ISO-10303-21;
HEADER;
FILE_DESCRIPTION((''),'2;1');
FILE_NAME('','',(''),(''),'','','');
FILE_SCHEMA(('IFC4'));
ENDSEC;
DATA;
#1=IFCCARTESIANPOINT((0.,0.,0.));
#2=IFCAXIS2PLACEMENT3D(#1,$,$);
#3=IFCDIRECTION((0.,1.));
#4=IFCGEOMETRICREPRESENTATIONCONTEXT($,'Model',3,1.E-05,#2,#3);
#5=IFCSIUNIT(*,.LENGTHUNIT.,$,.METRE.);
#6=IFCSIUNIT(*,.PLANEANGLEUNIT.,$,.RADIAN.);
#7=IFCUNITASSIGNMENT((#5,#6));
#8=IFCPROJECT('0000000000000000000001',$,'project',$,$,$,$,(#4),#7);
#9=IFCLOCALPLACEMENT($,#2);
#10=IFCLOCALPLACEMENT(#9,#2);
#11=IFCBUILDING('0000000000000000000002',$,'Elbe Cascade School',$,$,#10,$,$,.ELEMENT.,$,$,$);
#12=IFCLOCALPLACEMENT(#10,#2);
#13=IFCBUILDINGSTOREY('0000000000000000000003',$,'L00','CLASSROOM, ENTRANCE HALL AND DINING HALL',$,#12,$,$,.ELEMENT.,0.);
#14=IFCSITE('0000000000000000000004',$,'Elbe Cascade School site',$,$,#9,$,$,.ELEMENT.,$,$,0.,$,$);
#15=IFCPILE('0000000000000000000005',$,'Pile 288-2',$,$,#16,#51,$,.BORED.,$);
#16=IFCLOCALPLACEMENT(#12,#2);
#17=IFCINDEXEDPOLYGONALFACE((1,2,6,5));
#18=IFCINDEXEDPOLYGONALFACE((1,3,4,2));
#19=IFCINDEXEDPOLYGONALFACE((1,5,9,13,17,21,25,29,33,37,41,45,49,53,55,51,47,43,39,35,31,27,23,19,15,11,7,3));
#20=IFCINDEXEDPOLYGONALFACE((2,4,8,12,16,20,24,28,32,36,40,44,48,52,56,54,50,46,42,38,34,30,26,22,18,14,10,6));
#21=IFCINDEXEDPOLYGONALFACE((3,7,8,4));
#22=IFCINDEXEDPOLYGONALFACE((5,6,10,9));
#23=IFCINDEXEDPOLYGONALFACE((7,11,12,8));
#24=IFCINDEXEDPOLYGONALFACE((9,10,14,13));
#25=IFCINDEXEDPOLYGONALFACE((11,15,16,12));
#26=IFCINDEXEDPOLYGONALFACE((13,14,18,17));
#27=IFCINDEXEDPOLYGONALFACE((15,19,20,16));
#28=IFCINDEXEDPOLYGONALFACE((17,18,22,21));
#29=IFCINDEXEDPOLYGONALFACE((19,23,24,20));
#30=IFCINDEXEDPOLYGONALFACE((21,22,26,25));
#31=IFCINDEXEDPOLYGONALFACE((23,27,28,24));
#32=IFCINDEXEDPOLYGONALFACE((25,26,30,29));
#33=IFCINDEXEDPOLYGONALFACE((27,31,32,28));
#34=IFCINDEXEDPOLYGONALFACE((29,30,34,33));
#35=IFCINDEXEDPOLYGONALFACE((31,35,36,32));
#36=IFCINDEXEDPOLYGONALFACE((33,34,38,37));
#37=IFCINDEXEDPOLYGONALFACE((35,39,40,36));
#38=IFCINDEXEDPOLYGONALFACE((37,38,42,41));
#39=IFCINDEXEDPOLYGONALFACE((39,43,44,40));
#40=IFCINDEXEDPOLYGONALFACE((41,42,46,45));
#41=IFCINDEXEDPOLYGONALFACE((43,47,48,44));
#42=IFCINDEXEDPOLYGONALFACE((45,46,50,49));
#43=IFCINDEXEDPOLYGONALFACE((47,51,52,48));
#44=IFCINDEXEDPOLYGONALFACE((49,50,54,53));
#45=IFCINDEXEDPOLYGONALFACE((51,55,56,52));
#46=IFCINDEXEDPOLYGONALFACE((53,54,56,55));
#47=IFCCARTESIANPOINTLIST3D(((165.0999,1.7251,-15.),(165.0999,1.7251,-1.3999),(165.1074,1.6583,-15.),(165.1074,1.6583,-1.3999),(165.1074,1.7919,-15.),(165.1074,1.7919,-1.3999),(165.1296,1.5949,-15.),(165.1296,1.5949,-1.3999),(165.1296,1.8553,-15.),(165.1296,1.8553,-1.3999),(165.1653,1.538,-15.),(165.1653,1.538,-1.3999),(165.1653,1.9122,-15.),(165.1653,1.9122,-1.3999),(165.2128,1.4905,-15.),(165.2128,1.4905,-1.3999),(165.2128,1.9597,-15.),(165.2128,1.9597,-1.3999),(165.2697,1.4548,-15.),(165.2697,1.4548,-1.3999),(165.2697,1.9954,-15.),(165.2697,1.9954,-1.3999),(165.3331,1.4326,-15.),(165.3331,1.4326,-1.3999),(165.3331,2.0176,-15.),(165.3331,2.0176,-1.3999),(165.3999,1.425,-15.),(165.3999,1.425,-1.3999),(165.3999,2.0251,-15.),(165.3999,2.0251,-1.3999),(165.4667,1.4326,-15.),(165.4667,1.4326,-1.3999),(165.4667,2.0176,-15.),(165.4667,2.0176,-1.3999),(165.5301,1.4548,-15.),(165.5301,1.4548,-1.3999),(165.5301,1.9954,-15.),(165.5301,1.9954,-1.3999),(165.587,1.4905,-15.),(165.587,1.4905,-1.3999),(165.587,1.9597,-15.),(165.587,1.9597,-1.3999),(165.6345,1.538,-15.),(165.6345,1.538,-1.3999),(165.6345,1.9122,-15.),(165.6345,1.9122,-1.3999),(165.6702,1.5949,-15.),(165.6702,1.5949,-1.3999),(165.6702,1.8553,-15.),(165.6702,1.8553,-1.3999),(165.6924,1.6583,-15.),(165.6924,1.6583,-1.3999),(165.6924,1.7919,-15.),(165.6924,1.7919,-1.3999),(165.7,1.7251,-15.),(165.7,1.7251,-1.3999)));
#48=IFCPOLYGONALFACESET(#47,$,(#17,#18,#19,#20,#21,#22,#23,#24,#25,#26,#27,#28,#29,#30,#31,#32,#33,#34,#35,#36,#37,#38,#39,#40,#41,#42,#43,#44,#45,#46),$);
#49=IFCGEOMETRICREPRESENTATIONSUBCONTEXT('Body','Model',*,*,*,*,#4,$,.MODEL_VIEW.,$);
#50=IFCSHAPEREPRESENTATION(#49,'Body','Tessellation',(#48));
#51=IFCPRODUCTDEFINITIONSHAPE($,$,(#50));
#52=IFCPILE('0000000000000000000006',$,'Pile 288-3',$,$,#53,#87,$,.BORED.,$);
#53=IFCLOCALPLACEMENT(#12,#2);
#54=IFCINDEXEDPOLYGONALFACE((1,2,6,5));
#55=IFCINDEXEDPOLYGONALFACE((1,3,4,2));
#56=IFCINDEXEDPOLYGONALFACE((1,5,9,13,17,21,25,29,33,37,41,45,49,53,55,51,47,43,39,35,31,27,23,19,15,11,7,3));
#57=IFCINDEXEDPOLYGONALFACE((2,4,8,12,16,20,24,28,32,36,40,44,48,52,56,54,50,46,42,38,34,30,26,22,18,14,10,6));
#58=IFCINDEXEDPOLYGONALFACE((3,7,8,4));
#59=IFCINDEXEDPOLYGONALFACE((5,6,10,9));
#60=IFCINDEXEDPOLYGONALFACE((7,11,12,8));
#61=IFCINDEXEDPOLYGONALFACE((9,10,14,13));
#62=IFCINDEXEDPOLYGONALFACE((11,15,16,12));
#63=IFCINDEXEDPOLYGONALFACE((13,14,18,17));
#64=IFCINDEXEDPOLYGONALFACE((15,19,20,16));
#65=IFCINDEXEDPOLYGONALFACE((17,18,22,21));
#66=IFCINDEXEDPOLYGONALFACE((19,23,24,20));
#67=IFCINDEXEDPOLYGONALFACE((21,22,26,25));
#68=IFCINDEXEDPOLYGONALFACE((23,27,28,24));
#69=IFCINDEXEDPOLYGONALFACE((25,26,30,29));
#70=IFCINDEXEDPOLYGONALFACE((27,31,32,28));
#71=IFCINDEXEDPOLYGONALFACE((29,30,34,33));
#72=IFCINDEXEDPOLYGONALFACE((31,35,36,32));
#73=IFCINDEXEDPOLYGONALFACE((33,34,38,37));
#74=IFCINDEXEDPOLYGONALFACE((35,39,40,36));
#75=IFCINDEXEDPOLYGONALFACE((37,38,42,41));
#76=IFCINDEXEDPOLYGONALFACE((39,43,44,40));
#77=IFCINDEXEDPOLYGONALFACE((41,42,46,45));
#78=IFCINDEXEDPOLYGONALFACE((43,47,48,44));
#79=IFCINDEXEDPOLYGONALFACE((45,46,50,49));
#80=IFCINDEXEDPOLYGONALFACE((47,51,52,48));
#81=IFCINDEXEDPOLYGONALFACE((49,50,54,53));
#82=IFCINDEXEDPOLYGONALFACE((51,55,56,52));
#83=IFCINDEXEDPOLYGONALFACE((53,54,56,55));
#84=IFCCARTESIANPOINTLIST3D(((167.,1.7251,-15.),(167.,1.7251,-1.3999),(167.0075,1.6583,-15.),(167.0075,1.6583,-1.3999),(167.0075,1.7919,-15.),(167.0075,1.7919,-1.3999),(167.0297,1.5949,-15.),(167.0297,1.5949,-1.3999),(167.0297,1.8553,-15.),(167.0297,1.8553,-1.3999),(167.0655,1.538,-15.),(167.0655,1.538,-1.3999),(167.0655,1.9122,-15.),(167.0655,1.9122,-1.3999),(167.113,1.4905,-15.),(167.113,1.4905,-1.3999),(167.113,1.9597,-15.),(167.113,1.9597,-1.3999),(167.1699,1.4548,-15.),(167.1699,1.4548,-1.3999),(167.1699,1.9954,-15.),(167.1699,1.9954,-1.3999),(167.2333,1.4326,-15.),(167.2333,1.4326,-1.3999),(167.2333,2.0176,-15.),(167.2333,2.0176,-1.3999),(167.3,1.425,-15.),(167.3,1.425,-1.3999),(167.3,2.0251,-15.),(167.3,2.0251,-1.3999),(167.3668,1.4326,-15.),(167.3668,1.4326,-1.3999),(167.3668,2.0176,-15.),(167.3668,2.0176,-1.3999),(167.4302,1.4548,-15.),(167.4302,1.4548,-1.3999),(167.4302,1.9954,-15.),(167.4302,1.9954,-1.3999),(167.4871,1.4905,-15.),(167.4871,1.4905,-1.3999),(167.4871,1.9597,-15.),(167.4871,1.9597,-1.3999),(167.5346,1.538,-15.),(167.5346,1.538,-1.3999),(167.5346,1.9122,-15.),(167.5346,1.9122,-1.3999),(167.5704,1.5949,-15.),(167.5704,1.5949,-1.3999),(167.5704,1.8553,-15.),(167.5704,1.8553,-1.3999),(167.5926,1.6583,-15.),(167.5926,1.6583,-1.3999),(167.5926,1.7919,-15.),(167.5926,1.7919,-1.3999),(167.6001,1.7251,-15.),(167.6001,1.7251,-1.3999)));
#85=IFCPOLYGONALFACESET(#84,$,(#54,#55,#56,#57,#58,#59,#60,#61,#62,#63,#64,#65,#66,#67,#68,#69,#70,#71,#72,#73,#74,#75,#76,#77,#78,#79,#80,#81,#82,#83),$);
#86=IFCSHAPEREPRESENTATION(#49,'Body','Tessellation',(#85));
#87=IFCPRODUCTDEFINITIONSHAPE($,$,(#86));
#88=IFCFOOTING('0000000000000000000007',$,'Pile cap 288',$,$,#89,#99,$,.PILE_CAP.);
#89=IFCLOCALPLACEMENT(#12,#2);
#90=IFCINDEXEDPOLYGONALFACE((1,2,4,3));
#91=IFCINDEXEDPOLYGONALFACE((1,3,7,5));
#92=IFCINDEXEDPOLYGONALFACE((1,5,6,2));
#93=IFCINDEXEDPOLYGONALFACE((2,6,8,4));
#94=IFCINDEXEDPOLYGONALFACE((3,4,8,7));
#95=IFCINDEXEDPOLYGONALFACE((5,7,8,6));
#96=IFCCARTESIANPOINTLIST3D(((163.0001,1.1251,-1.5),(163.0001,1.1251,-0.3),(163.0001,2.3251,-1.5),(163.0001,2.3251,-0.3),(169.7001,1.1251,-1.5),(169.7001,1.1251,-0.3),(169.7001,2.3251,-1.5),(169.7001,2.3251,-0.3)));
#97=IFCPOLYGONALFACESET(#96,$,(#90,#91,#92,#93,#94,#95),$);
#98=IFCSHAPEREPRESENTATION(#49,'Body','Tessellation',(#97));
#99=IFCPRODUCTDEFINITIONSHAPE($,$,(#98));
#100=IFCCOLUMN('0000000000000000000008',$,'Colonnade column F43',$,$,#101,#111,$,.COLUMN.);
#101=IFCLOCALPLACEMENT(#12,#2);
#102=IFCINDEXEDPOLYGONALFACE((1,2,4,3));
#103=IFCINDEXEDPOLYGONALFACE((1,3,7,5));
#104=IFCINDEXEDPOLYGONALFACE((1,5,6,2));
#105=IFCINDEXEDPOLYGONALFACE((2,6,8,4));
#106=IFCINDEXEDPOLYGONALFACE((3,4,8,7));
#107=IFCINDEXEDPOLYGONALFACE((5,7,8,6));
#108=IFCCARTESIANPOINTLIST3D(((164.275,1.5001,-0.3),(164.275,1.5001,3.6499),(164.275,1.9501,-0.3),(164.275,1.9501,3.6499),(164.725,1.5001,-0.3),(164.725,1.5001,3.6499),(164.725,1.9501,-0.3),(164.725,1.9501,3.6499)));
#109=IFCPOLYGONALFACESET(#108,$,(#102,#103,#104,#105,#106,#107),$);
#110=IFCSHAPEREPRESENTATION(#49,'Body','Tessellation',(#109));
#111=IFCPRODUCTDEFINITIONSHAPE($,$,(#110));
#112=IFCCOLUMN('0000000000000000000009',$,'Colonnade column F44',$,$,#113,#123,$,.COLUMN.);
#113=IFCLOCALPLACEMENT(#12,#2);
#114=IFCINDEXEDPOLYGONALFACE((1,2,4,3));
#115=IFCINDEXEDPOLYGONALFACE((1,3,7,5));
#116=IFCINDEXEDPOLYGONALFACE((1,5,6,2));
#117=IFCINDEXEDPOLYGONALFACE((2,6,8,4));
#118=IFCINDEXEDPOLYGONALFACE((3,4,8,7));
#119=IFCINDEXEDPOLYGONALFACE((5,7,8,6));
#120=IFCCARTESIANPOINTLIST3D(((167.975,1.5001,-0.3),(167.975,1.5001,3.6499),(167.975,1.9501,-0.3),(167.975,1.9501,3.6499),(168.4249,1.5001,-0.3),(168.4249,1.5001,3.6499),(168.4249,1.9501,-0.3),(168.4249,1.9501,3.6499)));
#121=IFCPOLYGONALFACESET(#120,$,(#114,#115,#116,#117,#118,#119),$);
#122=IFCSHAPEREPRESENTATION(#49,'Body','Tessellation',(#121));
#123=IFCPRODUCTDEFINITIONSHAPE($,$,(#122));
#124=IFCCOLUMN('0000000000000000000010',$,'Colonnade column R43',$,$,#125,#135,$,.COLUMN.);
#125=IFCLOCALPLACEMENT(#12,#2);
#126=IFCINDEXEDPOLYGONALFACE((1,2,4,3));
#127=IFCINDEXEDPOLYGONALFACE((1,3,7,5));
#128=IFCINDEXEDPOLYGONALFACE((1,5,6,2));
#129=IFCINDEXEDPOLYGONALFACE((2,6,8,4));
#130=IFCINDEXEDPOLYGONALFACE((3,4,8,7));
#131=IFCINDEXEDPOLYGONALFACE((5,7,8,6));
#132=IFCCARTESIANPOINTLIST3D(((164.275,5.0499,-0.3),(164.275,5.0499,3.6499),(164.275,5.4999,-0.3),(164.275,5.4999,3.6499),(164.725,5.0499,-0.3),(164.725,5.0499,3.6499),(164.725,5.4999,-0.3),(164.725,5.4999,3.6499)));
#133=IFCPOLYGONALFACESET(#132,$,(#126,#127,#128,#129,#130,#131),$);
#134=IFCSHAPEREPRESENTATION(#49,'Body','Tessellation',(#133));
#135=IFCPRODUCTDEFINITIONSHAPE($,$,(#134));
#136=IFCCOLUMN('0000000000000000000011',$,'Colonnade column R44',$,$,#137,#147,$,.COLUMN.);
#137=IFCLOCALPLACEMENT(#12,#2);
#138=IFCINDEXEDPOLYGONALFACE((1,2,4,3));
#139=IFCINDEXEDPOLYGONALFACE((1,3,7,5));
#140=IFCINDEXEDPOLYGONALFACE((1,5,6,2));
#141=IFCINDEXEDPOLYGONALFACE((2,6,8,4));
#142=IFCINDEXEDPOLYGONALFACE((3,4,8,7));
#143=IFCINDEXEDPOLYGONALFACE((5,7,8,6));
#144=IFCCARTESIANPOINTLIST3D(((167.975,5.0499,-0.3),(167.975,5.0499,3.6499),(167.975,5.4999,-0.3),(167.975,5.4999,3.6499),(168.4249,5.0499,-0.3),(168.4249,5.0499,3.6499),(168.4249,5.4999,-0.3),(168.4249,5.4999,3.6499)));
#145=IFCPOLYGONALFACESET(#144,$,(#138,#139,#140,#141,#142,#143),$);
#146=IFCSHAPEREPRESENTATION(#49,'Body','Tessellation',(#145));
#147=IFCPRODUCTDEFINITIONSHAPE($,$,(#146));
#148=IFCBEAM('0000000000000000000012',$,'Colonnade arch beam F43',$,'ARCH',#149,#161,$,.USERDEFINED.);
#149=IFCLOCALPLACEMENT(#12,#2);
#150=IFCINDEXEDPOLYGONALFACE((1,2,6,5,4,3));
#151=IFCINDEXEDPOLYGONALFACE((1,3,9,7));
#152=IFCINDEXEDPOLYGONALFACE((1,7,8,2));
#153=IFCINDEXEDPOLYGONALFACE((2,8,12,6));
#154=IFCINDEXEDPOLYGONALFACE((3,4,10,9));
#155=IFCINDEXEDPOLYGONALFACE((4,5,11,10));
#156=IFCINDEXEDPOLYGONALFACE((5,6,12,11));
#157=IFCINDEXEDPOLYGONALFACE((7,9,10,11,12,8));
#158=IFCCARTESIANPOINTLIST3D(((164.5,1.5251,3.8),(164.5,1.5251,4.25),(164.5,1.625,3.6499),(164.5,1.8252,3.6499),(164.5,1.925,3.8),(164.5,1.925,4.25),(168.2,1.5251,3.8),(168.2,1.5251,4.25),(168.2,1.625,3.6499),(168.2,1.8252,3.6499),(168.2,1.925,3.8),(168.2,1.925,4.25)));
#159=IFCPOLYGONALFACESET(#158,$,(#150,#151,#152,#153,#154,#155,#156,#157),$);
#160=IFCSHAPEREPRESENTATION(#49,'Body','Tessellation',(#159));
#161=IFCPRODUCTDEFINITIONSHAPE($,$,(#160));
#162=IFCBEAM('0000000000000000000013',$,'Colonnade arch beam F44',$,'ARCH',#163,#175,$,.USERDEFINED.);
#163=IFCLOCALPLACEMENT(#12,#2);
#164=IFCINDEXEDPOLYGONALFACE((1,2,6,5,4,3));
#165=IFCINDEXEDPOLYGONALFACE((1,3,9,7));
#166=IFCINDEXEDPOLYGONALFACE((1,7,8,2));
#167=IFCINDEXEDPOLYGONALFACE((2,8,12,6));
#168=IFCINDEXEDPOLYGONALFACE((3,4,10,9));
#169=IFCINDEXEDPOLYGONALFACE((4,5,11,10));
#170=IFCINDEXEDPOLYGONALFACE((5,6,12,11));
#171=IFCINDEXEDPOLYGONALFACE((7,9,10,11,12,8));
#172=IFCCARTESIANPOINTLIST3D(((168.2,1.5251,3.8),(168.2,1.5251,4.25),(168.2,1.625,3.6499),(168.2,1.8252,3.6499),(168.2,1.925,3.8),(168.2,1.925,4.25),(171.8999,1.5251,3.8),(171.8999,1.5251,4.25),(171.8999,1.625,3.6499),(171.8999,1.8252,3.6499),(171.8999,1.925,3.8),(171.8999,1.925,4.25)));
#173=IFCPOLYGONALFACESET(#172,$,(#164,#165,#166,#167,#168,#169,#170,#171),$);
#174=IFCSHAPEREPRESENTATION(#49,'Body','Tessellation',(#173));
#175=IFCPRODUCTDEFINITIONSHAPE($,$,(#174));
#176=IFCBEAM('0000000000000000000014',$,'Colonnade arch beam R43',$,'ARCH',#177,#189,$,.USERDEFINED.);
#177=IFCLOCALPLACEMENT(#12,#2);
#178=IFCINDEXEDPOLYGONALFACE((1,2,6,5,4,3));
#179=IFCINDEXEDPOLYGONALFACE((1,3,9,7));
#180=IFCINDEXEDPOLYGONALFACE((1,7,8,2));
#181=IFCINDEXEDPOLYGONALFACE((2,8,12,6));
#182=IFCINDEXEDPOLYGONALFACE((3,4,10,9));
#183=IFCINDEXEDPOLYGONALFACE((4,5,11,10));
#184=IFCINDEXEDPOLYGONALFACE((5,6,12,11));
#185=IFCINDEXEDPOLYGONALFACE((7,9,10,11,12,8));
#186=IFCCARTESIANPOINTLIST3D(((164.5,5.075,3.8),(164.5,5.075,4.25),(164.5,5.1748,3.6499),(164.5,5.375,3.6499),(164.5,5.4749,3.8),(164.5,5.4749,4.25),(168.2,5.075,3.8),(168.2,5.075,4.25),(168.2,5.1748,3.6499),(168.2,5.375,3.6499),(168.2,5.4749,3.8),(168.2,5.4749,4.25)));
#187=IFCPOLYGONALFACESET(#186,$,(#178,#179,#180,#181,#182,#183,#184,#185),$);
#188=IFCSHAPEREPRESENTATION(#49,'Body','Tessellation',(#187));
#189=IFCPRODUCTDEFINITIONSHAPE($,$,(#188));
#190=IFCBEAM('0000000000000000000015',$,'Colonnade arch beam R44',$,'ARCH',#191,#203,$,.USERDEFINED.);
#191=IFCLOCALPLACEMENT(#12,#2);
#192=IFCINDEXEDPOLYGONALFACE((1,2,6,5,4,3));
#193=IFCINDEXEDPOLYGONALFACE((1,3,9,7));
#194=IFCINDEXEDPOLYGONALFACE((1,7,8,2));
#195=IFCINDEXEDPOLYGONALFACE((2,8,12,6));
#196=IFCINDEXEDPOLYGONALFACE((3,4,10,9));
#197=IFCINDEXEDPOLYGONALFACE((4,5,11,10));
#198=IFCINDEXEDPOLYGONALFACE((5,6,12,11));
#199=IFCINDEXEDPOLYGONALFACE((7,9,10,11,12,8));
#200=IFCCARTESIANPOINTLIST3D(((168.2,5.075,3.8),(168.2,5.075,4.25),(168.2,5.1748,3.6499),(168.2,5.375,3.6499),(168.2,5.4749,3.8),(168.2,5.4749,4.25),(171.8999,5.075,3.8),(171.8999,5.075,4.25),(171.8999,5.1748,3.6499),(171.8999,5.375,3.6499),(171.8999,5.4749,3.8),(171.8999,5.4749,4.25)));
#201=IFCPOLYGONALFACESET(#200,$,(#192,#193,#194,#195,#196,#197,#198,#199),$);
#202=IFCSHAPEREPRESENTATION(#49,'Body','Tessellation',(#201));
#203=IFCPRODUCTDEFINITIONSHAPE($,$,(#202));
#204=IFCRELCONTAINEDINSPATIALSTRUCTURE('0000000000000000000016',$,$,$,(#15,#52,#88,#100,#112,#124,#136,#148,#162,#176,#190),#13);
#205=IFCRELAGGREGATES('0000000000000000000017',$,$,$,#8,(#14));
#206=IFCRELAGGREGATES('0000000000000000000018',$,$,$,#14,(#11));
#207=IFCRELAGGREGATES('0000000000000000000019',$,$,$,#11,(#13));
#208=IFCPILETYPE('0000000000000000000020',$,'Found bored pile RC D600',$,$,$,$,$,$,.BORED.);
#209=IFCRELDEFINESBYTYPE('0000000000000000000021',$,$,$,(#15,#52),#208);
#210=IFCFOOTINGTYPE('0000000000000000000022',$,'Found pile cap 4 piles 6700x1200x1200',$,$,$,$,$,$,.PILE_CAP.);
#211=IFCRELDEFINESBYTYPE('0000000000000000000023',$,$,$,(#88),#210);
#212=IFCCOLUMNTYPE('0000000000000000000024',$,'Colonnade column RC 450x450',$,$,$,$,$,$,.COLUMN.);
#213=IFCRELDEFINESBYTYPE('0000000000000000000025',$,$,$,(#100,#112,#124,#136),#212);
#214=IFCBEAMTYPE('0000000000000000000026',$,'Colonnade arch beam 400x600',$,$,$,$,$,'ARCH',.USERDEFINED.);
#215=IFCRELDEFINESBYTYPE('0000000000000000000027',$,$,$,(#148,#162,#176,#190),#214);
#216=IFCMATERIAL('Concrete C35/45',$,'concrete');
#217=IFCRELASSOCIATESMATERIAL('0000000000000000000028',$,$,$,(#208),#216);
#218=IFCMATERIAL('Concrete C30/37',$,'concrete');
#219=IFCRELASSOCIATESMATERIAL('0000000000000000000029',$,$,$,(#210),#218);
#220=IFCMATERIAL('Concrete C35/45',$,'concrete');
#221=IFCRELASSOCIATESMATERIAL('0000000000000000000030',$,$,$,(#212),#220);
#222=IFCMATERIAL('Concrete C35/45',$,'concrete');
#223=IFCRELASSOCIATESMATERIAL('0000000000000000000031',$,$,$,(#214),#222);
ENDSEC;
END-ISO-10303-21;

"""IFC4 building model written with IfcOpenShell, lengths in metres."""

from ifc_helpers import new_model, si_unit, direction, frame, origin, origin_2d, place, context, subcontext, project, spatial, polyline, rectangle, circle, outline, extrude, material, material_profile, profile_set, type_object, element, save


model = new_model("IFC4")

# Units and contexts
model_context = context("Model", 3, precision=1e-05, world=origin(), true_north=direction((0.0, 1.0)))
body_context = subcontext(model_context, "Body", "Model", "MODEL_VIEW")
ifc_project = project(units=[si_unit("LENGTHUNIT", "METRE"), si_unit("PLANEANGLEUNIT", "RADIAN")], contexts=[model_context])

# Site, building, storey
site_placement = place(None, origin())
site = spatial("IfcSite", under=ifc_project, at=site_placement, Name="Elbe Cascade School site", CompositionType="ELEMENT", RefElevation=0.0)
building_placement = place(site_placement, origin())
building = spatial("IfcBuilding", under=site, at=building_placement, Name="Elbe Cascade School", CompositionType="ELEMENT")
storey_placement = place(building_placement, origin())
storey = spatial("IfcBuildingStorey", under=building, at=storey_placement, Name="L00", Description="CLASSROOM, ENTRANCE HALL AND DINING HALL", CompositionType="ELEMENT", Elevation=0.0)

# Piles
ifc_material_1 = material(Name="Concrete C35/45", Category="concrete")
ifc_material_profile_1 = material_profile(ifc_material_1, circle(Radius=0.3, at=origin_2d()), Name="RC D600")
ifc_profile_set_1 = profile_set([ifc_material_profile_1], Name="Concrete C35/45")
pile_type = type_object("IfcPileType", Name="Found bored pile RC D600", PredefinedType="BORED", material=ifc_profile_set_1)
for number, where, z_axis, x_axis, name in (
    (1, (165.3999, 1.7251, -1.3999), (0.0, 0.0, -1.0), (1.0, 0.0, 0.0), "Pile 288-2"),
    (2, (167.3, 1.7251, -1.3999), (0.0, 0.0, -1.0), (1.0, 0.0, 0.0), "Pile 288-3"),
):
    element("IfcPile", number, at=place(storey_placement, frame(where, z_axis=z_axis, x_axis=x_axis)), inside=storey, type_object=pile_type, Name=name, PredefinedType="BORED", context=body_context, shape_type="SweptSolid", body=[
        extrude(circle(Radius=0.3, at=origin_2d()), origin(), (0.0, 0.0, 1.0), 13.6001),
    ])

# Footing
ifc_material_2 = material(Name="Concrete C30/37", Category="concrete")
footing_type = type_object("IfcFootingType", Name="Found pile cap 4 piles 6700x1200x1200", PredefinedType="PILE_CAP", material=ifc_material_2)
footing_placement = place(storey_placement, frame((166.3501, 1.7251, -1.5), z_axis=(0.0, 0.0, 1.0), x_axis=(1.0, 0.0, 0.0)))
element("IfcFooting", 3, at=footing_placement, inside=storey, type_object=footing_type, Name="Pile cap 288", PredefinedType="PILE_CAP", context=body_context, shape_type="SweptSolid", body=[
    extrude(rectangle(XDim=6.7, YDim=1.2, at=origin_2d()), origin(), (0.0, 0.0, 1.0), 1.2),
])

# Columns
ifc_material_3 = material(Name="Concrete C35/45", Category="concrete")
ifc_material_profile_2 = material_profile(ifc_material_3, rectangle(XDim=0.45, YDim=0.45, at=origin_2d()), Name="RC 450x450")
ifc_profile_set_2 = profile_set([ifc_material_profile_2], Name="Concrete C35/45")
column_type = type_object("IfcColumnType", Name="Colonnade column RC 450x450", PredefinedType="COLUMN", material=ifc_profile_set_2)
for number, where, z_axis, x_axis, name in (
    (4, (164.5, 1.7251, -0.3), (0.0, 0.0, 1.0), (1.0, 0.0, 0.0), "Colonnade column F43"),
    (5, (168.2, 1.7251, -0.3), (0.0, 0.0, 1.0), (1.0, 0.0, 0.0), "Colonnade column F44"),
    (6, (164.5, 5.2749, -0.3), (0.0, 0.0, 1.0), (1.0, 0.0, 0.0), "Colonnade column R43"),
    (7, (168.2, 5.2749, -0.3), (0.0, 0.0, 1.0), (1.0, 0.0, 0.0), "Colonnade column R44"),
):
    element("IfcColumn", number, at=place(storey_placement, frame(where, z_axis=z_axis, x_axis=x_axis)), inside=storey, type_object=column_type, Name=name, PredefinedType="COLUMN", context=body_context, shape_type="SweptSolid", body=[
        extrude(rectangle(XDim=0.45, YDim=0.45, at=origin_2d()), origin(), (0.0, 0.0, 1.0), 3.95),
    ])

# Beams
ifc_material_4 = material(Name="Concrete C35/45", Category="concrete")
ifc_material_profile_3 = material_profile(ifc_material_4, outline(polyline([(-0.2, 0.3), (0.2, 0.3), (0.2, -0.1499), (0.1001, -0.3), (-0.1001, -0.3), (-0.2, -0.1499), (-0.2, 0.3)])), Name="RC arch 400x600")
ifc_profile_set_3 = profile_set([ifc_material_profile_3], Name="Concrete C35/45")
beam_type_1 = type_object("IfcBeamType", Name="Colonnade arch beam 400x600", ElementType="ARCH", PredefinedType="USERDEFINED", material=ifc_profile_set_3)
for number, where, z_axis, x_axis, name in (
    (8, (164.5, 1.7251, 3.95), (1.0, 0.0, 0.0), (0.0, 1.0, 0.0), "Colonnade arch beam F43"),
    (9, (168.2, 1.7251, 3.95), (1.0, 0.0, 0.0), (0.0, 1.0, 0.0), "Colonnade arch beam F44"),
    (10, (164.5, 5.2749, 3.95), (1.0, 0.0, 0.0), (0.0, 1.0, 0.0), "Colonnade arch beam R43"),
    (11, (168.2, 5.2749, 3.95), (1.0, 0.0, 0.0), (0.0, 1.0, 0.0), "Colonnade arch beam R44"),
):
    element("IfcBeam", number, at=place(storey_placement, frame(where, z_axis=z_axis, x_axis=x_axis)), inside=storey, type_object=beam_type_1, Name=name, ObjectType="ARCH", PredefinedType="USERDEFINED", context=body_context, shape_type="SweptSolid", body=[
        extrude(outline(polyline([(-0.2, 0.3), (0.2, 0.3), (0.2, -0.1499), (0.1001, -0.3), (-0.1001, -0.3), (-0.2, -0.1499), (-0.2, 0.3)])), origin(), (0.0, 0.0, 1.0), 3.7),
    ])

save(model, "model.ifc")
